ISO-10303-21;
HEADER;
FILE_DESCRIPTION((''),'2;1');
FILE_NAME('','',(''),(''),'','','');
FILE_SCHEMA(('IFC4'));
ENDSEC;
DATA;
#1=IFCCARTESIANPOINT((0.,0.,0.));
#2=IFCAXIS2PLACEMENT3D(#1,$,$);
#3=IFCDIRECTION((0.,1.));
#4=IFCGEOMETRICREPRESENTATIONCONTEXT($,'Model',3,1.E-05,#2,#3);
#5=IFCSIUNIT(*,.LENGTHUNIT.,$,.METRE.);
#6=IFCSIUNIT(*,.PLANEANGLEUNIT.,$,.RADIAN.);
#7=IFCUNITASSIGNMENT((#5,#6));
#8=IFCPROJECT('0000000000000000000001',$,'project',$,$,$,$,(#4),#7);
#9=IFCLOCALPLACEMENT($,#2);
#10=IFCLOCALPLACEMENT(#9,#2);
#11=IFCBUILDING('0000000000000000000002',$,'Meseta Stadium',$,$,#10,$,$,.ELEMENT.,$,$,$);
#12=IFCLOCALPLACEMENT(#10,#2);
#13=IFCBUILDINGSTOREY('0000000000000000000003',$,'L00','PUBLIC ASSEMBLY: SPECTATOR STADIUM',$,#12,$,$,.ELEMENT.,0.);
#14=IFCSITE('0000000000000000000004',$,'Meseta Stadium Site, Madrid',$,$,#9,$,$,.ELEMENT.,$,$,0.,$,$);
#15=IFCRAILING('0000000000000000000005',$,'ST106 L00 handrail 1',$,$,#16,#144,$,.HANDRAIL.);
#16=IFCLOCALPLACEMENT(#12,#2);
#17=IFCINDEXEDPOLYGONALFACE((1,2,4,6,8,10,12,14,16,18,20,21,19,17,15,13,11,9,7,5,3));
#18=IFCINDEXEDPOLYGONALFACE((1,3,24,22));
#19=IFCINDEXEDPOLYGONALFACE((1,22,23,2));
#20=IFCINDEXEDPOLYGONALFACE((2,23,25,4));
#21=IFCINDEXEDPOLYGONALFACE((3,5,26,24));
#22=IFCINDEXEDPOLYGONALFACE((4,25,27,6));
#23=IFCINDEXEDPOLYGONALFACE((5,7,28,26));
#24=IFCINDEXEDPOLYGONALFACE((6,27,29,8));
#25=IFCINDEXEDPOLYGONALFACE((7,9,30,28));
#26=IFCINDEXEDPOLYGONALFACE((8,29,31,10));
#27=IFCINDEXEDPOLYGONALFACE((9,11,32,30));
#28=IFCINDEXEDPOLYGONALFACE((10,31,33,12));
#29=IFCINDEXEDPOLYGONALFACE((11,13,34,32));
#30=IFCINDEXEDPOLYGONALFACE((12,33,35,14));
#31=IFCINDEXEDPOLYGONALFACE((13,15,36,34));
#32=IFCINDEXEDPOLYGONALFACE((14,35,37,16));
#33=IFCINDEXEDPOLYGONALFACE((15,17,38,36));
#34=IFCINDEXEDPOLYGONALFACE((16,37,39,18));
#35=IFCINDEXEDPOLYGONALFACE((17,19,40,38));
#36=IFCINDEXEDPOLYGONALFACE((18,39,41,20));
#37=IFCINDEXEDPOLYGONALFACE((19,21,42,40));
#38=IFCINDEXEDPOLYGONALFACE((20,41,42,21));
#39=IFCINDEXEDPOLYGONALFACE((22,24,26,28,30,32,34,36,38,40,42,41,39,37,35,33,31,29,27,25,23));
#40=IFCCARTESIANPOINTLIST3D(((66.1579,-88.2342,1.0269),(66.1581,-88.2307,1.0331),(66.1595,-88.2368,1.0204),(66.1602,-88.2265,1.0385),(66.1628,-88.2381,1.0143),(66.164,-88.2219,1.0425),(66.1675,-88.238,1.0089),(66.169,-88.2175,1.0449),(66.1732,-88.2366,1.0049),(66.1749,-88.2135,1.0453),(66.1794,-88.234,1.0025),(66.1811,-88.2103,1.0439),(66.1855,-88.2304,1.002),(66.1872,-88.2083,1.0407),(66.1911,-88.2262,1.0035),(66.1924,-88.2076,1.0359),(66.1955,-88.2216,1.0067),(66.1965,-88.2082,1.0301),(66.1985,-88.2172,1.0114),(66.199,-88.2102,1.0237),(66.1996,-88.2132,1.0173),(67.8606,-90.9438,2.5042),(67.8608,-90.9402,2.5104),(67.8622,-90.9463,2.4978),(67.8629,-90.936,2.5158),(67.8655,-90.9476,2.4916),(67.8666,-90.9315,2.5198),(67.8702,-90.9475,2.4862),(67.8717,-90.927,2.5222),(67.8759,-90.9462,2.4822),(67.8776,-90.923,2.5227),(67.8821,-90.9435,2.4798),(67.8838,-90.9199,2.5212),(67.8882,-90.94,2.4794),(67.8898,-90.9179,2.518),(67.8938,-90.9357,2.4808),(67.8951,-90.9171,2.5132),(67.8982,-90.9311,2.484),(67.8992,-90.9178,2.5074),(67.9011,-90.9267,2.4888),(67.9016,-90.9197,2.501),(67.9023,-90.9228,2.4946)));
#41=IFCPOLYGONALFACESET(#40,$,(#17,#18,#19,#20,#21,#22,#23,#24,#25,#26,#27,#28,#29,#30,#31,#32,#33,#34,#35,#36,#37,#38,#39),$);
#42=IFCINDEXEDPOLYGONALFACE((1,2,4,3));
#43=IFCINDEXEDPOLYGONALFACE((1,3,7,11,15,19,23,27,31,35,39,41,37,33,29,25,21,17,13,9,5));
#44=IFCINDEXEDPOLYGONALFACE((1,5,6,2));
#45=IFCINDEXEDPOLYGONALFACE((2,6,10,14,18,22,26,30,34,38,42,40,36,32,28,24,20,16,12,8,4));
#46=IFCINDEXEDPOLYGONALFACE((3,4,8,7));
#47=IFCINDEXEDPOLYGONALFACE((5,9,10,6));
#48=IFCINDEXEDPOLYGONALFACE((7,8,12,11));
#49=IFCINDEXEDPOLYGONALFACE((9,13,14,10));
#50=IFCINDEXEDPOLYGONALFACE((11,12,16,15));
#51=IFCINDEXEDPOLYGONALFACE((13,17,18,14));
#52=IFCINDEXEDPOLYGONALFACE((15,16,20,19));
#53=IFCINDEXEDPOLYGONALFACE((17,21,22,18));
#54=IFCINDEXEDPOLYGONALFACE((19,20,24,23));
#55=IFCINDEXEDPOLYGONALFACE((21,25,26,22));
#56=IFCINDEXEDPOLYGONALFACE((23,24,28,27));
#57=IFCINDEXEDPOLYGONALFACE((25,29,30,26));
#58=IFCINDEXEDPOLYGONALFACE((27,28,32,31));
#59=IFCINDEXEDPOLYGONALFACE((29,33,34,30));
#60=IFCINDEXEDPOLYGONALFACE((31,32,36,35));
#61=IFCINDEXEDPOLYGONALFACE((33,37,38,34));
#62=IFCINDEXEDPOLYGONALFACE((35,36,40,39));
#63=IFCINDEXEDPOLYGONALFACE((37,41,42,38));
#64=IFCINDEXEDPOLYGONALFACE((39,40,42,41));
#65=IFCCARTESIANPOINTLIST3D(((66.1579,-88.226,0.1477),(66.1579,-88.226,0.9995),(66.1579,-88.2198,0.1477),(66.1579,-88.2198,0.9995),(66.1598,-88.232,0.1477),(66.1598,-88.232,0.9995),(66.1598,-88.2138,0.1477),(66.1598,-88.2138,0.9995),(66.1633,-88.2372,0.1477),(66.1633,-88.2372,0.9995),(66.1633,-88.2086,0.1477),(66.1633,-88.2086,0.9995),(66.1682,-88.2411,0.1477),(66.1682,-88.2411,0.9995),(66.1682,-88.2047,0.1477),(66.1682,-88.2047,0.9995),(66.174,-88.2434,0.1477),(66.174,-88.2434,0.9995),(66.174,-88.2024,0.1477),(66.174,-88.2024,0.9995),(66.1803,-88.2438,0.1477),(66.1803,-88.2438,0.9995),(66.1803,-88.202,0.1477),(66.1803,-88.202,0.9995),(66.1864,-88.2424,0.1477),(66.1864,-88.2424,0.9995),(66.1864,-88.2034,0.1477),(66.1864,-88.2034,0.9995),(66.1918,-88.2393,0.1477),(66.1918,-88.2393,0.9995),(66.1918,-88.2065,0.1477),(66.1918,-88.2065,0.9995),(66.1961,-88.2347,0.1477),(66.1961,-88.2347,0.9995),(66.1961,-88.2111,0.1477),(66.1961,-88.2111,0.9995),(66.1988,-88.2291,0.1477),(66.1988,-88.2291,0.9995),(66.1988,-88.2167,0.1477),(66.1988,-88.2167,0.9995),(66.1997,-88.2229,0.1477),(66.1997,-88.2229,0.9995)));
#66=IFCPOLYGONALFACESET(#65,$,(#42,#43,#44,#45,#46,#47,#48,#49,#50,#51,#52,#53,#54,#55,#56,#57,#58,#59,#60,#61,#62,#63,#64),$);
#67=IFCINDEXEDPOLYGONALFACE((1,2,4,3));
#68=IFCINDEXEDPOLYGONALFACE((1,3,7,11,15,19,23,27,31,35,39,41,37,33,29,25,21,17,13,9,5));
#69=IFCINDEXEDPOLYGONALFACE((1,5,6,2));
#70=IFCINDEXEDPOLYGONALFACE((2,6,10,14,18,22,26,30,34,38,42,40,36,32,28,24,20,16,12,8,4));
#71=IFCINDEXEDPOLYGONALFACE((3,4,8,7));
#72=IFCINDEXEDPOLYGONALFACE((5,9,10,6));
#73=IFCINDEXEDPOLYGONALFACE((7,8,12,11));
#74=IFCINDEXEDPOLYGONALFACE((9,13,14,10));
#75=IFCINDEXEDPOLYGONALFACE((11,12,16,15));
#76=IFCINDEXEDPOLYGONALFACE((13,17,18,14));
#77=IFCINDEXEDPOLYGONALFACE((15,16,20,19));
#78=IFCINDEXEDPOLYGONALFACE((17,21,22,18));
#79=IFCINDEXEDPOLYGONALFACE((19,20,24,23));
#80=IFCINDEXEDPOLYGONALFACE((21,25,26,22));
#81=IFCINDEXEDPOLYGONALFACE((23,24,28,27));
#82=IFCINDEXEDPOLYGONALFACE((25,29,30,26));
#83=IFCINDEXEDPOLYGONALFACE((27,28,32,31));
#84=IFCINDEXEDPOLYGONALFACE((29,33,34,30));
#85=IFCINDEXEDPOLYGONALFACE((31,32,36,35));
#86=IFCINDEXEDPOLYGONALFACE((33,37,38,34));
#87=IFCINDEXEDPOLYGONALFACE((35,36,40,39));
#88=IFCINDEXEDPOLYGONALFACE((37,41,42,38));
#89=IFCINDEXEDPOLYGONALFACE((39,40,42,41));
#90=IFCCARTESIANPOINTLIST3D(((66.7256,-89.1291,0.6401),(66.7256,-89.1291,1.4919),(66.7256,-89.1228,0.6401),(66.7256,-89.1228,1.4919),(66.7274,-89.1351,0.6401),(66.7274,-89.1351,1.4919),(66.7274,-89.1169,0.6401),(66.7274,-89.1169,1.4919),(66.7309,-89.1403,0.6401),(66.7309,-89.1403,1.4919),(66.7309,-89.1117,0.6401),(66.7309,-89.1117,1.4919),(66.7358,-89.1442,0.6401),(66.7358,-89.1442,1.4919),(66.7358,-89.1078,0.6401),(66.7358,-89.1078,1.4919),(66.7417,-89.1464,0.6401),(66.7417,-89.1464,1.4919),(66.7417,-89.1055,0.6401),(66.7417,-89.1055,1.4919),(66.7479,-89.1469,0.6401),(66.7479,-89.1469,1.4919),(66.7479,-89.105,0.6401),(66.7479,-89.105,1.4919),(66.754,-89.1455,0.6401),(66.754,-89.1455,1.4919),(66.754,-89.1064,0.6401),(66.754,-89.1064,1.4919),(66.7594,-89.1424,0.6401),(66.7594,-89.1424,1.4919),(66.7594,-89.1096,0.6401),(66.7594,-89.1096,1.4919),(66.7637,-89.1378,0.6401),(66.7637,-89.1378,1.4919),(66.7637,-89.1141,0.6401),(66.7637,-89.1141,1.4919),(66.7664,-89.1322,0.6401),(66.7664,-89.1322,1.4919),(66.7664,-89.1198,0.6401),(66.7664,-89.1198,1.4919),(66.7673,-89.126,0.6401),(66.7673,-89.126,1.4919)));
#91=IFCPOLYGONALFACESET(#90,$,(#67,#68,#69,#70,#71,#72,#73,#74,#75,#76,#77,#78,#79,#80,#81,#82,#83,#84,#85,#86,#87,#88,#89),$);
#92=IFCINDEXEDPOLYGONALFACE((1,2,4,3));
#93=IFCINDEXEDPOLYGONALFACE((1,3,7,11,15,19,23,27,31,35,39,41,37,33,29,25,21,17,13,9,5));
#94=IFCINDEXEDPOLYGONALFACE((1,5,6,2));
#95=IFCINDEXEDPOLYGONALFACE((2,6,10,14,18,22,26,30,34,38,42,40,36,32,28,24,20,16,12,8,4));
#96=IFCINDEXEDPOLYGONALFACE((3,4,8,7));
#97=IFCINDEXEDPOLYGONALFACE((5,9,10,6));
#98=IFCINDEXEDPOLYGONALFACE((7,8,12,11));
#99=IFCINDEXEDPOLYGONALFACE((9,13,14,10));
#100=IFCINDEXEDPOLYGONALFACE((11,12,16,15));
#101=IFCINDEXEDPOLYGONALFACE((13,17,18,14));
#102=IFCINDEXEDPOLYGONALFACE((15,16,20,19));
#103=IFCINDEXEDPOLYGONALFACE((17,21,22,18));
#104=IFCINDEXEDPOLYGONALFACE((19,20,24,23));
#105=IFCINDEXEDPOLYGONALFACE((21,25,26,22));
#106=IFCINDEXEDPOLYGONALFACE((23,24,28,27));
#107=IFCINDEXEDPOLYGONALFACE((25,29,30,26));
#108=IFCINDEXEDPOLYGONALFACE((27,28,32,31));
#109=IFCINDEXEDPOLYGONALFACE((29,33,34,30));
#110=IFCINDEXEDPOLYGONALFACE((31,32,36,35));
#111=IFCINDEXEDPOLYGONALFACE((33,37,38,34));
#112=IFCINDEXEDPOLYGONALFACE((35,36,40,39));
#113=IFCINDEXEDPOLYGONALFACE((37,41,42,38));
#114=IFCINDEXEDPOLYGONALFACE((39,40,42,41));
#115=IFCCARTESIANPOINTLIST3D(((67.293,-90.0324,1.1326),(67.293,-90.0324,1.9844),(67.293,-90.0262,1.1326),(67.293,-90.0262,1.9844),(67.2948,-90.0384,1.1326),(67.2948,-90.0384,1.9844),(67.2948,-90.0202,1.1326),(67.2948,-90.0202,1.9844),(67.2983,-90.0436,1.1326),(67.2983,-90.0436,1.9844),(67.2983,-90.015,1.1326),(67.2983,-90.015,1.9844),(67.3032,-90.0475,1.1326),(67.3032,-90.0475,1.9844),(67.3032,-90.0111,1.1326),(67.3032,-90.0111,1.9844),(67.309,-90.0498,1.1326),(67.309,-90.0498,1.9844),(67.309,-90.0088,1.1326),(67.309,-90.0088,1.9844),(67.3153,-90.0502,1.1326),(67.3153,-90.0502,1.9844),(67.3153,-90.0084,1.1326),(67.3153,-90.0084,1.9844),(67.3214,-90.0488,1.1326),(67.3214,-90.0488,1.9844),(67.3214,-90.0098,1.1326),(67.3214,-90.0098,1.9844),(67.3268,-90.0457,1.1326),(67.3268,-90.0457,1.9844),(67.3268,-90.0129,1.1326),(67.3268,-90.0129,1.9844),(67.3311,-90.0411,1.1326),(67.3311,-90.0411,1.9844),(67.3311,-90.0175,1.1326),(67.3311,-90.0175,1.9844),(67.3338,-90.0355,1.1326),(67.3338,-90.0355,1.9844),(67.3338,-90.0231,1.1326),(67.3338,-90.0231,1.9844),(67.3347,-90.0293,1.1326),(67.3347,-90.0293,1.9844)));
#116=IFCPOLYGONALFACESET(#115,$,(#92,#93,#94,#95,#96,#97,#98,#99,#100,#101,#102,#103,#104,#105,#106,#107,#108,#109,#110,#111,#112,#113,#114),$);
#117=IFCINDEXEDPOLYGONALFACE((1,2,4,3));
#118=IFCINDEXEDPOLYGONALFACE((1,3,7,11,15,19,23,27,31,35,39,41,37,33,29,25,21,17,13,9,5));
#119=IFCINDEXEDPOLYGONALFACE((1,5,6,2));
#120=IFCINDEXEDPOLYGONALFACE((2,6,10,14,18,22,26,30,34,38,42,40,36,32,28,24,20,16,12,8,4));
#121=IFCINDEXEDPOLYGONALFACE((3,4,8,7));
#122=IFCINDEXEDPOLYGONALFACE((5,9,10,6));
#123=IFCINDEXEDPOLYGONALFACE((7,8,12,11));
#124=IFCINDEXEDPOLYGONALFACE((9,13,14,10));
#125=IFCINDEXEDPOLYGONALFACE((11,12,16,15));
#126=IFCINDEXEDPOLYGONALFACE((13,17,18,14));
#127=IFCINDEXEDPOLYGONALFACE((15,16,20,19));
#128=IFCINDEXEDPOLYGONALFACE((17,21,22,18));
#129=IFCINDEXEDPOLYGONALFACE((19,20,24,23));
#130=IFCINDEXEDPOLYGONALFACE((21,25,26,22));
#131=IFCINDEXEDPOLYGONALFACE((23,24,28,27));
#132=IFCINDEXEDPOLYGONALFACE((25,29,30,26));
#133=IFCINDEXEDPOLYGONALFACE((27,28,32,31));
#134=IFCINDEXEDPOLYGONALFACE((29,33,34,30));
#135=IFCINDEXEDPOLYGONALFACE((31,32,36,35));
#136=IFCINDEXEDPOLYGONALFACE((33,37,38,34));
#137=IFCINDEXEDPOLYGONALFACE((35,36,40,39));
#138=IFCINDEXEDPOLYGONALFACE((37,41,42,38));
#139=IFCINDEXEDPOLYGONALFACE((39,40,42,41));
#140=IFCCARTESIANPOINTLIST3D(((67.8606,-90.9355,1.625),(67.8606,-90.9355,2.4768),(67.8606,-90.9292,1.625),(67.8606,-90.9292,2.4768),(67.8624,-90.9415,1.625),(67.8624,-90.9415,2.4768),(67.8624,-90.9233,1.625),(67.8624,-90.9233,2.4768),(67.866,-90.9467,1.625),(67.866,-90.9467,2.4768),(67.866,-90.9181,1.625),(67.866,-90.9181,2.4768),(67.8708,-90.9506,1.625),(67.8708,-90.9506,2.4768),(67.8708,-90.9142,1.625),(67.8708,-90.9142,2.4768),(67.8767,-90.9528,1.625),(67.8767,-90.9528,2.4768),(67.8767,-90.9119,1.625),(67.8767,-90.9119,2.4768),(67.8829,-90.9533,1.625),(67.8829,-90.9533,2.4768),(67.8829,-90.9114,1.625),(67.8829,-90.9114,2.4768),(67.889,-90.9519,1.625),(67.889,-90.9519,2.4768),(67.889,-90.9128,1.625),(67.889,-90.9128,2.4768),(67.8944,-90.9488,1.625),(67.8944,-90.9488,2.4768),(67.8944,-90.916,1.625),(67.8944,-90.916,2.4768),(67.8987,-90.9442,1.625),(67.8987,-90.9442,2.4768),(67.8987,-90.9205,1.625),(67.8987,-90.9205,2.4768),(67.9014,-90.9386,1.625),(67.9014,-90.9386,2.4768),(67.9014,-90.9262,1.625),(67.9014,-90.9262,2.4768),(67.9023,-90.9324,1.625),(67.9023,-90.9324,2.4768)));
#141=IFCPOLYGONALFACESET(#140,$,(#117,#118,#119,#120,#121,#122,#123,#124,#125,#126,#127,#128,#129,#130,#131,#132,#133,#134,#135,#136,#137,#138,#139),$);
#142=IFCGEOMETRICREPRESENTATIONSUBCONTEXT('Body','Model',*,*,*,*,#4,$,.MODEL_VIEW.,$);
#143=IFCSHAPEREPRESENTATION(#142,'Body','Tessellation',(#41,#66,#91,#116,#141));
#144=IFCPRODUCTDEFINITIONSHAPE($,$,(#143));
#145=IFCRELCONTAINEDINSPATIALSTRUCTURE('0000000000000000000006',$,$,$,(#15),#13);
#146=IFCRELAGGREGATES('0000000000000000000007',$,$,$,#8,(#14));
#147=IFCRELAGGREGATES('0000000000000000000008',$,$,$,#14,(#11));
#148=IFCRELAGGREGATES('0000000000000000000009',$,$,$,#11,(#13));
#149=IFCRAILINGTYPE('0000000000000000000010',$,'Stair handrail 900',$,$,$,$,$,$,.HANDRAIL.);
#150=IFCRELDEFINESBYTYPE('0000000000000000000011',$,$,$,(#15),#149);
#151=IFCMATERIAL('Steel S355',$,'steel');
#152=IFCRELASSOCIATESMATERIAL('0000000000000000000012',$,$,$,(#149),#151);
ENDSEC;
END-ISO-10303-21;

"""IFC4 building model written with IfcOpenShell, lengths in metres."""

from ifc_helpers import new_model, si_unit, direction, frame, origin, origin_2d, place, context, subcontext, project, spatial, circle, extrude, material, type_object, element, save


model = new_model("IFC4")

# Units and contexts
model_context = context("Model", 3, precision=1e-05, world=origin(), true_north=direction((0.0, 1.0)))
body_context = subcontext(model_context, "Body", "Model", "MODEL_VIEW")
ifc_project = project(units=[si_unit("LENGTHUNIT", "METRE"), si_unit("PLANEANGLEUNIT", "RADIAN")], contexts=[model_context])

# Site, building, storey
site_placement = place(None, origin())
site = spatial("IfcSite", under=ifc_project, at=site_placement, Name="Meseta Stadium Site, Madrid", CompositionType="ELEMENT", RefElevation=0.0)
building_placement = place(site_placement, origin())
building = spatial("IfcBuilding", under=site, at=building_placement, Name="Meseta Stadium", CompositionType="ELEMENT")
storey_placement = place(building_placement, origin())
storey = spatial("IfcBuildingStorey", under=building, at=storey_placement, Name="L00", Description="PUBLIC ASSEMBLY: SPECTATOR STADIUM", CompositionType="ELEMENT", Elevation=0.0)

# Railing
ifc_material_1 = material(Name="Steel S355", Category="steel")
railing_type_1 = type_object("IfcRailingType", Name="Stair handrail 900", PredefinedType="HANDRAIL", material=ifc_material_1)
for number, where, name in (
    (1, (66.1787, -88.2229, 0.1477), "ST106 L00 handrail 1"),
):
    element("IfcRailing", number, at=place(storey_placement, frame(where)), inside=storey, type_object=railing_type_1, Name=name, PredefinedType="HANDRAIL", context=body_context, shape_type="SweptSolid", body=[
        extrude(circle(Radius=0.0239, at=origin_2d()), frame((0.0, 0.0, 0.876), z_axis=(0.483076, -0.768738, 0.419142), x_axis=(0.846701, 0.532068, 0.0)), (0.0, 0.0, 1.0), 3.5247),
        extrude(circle(Radius=0.021, at=origin_2d()), origin(), (0.0, 0.0, 1.0), 0.8518),
        extrude(circle(Radius=0.021, at=origin_2d()), frame((0.5676, -0.9031, 0.4924)), (0.0, 0.0, 1.0), 0.8518),
        extrude(circle(Radius=0.021, at=origin_2d()), frame((1.135, -1.8064, 0.9849)), (0.0, 0.0, 1.0), 0.8518),
        extrude(circle(Radius=0.021, at=origin_2d()), frame((1.7026, -2.7095, 1.4773)), (0.0, 0.0, 1.0), 0.8518),
    ])

save(model, "model.ifc")
